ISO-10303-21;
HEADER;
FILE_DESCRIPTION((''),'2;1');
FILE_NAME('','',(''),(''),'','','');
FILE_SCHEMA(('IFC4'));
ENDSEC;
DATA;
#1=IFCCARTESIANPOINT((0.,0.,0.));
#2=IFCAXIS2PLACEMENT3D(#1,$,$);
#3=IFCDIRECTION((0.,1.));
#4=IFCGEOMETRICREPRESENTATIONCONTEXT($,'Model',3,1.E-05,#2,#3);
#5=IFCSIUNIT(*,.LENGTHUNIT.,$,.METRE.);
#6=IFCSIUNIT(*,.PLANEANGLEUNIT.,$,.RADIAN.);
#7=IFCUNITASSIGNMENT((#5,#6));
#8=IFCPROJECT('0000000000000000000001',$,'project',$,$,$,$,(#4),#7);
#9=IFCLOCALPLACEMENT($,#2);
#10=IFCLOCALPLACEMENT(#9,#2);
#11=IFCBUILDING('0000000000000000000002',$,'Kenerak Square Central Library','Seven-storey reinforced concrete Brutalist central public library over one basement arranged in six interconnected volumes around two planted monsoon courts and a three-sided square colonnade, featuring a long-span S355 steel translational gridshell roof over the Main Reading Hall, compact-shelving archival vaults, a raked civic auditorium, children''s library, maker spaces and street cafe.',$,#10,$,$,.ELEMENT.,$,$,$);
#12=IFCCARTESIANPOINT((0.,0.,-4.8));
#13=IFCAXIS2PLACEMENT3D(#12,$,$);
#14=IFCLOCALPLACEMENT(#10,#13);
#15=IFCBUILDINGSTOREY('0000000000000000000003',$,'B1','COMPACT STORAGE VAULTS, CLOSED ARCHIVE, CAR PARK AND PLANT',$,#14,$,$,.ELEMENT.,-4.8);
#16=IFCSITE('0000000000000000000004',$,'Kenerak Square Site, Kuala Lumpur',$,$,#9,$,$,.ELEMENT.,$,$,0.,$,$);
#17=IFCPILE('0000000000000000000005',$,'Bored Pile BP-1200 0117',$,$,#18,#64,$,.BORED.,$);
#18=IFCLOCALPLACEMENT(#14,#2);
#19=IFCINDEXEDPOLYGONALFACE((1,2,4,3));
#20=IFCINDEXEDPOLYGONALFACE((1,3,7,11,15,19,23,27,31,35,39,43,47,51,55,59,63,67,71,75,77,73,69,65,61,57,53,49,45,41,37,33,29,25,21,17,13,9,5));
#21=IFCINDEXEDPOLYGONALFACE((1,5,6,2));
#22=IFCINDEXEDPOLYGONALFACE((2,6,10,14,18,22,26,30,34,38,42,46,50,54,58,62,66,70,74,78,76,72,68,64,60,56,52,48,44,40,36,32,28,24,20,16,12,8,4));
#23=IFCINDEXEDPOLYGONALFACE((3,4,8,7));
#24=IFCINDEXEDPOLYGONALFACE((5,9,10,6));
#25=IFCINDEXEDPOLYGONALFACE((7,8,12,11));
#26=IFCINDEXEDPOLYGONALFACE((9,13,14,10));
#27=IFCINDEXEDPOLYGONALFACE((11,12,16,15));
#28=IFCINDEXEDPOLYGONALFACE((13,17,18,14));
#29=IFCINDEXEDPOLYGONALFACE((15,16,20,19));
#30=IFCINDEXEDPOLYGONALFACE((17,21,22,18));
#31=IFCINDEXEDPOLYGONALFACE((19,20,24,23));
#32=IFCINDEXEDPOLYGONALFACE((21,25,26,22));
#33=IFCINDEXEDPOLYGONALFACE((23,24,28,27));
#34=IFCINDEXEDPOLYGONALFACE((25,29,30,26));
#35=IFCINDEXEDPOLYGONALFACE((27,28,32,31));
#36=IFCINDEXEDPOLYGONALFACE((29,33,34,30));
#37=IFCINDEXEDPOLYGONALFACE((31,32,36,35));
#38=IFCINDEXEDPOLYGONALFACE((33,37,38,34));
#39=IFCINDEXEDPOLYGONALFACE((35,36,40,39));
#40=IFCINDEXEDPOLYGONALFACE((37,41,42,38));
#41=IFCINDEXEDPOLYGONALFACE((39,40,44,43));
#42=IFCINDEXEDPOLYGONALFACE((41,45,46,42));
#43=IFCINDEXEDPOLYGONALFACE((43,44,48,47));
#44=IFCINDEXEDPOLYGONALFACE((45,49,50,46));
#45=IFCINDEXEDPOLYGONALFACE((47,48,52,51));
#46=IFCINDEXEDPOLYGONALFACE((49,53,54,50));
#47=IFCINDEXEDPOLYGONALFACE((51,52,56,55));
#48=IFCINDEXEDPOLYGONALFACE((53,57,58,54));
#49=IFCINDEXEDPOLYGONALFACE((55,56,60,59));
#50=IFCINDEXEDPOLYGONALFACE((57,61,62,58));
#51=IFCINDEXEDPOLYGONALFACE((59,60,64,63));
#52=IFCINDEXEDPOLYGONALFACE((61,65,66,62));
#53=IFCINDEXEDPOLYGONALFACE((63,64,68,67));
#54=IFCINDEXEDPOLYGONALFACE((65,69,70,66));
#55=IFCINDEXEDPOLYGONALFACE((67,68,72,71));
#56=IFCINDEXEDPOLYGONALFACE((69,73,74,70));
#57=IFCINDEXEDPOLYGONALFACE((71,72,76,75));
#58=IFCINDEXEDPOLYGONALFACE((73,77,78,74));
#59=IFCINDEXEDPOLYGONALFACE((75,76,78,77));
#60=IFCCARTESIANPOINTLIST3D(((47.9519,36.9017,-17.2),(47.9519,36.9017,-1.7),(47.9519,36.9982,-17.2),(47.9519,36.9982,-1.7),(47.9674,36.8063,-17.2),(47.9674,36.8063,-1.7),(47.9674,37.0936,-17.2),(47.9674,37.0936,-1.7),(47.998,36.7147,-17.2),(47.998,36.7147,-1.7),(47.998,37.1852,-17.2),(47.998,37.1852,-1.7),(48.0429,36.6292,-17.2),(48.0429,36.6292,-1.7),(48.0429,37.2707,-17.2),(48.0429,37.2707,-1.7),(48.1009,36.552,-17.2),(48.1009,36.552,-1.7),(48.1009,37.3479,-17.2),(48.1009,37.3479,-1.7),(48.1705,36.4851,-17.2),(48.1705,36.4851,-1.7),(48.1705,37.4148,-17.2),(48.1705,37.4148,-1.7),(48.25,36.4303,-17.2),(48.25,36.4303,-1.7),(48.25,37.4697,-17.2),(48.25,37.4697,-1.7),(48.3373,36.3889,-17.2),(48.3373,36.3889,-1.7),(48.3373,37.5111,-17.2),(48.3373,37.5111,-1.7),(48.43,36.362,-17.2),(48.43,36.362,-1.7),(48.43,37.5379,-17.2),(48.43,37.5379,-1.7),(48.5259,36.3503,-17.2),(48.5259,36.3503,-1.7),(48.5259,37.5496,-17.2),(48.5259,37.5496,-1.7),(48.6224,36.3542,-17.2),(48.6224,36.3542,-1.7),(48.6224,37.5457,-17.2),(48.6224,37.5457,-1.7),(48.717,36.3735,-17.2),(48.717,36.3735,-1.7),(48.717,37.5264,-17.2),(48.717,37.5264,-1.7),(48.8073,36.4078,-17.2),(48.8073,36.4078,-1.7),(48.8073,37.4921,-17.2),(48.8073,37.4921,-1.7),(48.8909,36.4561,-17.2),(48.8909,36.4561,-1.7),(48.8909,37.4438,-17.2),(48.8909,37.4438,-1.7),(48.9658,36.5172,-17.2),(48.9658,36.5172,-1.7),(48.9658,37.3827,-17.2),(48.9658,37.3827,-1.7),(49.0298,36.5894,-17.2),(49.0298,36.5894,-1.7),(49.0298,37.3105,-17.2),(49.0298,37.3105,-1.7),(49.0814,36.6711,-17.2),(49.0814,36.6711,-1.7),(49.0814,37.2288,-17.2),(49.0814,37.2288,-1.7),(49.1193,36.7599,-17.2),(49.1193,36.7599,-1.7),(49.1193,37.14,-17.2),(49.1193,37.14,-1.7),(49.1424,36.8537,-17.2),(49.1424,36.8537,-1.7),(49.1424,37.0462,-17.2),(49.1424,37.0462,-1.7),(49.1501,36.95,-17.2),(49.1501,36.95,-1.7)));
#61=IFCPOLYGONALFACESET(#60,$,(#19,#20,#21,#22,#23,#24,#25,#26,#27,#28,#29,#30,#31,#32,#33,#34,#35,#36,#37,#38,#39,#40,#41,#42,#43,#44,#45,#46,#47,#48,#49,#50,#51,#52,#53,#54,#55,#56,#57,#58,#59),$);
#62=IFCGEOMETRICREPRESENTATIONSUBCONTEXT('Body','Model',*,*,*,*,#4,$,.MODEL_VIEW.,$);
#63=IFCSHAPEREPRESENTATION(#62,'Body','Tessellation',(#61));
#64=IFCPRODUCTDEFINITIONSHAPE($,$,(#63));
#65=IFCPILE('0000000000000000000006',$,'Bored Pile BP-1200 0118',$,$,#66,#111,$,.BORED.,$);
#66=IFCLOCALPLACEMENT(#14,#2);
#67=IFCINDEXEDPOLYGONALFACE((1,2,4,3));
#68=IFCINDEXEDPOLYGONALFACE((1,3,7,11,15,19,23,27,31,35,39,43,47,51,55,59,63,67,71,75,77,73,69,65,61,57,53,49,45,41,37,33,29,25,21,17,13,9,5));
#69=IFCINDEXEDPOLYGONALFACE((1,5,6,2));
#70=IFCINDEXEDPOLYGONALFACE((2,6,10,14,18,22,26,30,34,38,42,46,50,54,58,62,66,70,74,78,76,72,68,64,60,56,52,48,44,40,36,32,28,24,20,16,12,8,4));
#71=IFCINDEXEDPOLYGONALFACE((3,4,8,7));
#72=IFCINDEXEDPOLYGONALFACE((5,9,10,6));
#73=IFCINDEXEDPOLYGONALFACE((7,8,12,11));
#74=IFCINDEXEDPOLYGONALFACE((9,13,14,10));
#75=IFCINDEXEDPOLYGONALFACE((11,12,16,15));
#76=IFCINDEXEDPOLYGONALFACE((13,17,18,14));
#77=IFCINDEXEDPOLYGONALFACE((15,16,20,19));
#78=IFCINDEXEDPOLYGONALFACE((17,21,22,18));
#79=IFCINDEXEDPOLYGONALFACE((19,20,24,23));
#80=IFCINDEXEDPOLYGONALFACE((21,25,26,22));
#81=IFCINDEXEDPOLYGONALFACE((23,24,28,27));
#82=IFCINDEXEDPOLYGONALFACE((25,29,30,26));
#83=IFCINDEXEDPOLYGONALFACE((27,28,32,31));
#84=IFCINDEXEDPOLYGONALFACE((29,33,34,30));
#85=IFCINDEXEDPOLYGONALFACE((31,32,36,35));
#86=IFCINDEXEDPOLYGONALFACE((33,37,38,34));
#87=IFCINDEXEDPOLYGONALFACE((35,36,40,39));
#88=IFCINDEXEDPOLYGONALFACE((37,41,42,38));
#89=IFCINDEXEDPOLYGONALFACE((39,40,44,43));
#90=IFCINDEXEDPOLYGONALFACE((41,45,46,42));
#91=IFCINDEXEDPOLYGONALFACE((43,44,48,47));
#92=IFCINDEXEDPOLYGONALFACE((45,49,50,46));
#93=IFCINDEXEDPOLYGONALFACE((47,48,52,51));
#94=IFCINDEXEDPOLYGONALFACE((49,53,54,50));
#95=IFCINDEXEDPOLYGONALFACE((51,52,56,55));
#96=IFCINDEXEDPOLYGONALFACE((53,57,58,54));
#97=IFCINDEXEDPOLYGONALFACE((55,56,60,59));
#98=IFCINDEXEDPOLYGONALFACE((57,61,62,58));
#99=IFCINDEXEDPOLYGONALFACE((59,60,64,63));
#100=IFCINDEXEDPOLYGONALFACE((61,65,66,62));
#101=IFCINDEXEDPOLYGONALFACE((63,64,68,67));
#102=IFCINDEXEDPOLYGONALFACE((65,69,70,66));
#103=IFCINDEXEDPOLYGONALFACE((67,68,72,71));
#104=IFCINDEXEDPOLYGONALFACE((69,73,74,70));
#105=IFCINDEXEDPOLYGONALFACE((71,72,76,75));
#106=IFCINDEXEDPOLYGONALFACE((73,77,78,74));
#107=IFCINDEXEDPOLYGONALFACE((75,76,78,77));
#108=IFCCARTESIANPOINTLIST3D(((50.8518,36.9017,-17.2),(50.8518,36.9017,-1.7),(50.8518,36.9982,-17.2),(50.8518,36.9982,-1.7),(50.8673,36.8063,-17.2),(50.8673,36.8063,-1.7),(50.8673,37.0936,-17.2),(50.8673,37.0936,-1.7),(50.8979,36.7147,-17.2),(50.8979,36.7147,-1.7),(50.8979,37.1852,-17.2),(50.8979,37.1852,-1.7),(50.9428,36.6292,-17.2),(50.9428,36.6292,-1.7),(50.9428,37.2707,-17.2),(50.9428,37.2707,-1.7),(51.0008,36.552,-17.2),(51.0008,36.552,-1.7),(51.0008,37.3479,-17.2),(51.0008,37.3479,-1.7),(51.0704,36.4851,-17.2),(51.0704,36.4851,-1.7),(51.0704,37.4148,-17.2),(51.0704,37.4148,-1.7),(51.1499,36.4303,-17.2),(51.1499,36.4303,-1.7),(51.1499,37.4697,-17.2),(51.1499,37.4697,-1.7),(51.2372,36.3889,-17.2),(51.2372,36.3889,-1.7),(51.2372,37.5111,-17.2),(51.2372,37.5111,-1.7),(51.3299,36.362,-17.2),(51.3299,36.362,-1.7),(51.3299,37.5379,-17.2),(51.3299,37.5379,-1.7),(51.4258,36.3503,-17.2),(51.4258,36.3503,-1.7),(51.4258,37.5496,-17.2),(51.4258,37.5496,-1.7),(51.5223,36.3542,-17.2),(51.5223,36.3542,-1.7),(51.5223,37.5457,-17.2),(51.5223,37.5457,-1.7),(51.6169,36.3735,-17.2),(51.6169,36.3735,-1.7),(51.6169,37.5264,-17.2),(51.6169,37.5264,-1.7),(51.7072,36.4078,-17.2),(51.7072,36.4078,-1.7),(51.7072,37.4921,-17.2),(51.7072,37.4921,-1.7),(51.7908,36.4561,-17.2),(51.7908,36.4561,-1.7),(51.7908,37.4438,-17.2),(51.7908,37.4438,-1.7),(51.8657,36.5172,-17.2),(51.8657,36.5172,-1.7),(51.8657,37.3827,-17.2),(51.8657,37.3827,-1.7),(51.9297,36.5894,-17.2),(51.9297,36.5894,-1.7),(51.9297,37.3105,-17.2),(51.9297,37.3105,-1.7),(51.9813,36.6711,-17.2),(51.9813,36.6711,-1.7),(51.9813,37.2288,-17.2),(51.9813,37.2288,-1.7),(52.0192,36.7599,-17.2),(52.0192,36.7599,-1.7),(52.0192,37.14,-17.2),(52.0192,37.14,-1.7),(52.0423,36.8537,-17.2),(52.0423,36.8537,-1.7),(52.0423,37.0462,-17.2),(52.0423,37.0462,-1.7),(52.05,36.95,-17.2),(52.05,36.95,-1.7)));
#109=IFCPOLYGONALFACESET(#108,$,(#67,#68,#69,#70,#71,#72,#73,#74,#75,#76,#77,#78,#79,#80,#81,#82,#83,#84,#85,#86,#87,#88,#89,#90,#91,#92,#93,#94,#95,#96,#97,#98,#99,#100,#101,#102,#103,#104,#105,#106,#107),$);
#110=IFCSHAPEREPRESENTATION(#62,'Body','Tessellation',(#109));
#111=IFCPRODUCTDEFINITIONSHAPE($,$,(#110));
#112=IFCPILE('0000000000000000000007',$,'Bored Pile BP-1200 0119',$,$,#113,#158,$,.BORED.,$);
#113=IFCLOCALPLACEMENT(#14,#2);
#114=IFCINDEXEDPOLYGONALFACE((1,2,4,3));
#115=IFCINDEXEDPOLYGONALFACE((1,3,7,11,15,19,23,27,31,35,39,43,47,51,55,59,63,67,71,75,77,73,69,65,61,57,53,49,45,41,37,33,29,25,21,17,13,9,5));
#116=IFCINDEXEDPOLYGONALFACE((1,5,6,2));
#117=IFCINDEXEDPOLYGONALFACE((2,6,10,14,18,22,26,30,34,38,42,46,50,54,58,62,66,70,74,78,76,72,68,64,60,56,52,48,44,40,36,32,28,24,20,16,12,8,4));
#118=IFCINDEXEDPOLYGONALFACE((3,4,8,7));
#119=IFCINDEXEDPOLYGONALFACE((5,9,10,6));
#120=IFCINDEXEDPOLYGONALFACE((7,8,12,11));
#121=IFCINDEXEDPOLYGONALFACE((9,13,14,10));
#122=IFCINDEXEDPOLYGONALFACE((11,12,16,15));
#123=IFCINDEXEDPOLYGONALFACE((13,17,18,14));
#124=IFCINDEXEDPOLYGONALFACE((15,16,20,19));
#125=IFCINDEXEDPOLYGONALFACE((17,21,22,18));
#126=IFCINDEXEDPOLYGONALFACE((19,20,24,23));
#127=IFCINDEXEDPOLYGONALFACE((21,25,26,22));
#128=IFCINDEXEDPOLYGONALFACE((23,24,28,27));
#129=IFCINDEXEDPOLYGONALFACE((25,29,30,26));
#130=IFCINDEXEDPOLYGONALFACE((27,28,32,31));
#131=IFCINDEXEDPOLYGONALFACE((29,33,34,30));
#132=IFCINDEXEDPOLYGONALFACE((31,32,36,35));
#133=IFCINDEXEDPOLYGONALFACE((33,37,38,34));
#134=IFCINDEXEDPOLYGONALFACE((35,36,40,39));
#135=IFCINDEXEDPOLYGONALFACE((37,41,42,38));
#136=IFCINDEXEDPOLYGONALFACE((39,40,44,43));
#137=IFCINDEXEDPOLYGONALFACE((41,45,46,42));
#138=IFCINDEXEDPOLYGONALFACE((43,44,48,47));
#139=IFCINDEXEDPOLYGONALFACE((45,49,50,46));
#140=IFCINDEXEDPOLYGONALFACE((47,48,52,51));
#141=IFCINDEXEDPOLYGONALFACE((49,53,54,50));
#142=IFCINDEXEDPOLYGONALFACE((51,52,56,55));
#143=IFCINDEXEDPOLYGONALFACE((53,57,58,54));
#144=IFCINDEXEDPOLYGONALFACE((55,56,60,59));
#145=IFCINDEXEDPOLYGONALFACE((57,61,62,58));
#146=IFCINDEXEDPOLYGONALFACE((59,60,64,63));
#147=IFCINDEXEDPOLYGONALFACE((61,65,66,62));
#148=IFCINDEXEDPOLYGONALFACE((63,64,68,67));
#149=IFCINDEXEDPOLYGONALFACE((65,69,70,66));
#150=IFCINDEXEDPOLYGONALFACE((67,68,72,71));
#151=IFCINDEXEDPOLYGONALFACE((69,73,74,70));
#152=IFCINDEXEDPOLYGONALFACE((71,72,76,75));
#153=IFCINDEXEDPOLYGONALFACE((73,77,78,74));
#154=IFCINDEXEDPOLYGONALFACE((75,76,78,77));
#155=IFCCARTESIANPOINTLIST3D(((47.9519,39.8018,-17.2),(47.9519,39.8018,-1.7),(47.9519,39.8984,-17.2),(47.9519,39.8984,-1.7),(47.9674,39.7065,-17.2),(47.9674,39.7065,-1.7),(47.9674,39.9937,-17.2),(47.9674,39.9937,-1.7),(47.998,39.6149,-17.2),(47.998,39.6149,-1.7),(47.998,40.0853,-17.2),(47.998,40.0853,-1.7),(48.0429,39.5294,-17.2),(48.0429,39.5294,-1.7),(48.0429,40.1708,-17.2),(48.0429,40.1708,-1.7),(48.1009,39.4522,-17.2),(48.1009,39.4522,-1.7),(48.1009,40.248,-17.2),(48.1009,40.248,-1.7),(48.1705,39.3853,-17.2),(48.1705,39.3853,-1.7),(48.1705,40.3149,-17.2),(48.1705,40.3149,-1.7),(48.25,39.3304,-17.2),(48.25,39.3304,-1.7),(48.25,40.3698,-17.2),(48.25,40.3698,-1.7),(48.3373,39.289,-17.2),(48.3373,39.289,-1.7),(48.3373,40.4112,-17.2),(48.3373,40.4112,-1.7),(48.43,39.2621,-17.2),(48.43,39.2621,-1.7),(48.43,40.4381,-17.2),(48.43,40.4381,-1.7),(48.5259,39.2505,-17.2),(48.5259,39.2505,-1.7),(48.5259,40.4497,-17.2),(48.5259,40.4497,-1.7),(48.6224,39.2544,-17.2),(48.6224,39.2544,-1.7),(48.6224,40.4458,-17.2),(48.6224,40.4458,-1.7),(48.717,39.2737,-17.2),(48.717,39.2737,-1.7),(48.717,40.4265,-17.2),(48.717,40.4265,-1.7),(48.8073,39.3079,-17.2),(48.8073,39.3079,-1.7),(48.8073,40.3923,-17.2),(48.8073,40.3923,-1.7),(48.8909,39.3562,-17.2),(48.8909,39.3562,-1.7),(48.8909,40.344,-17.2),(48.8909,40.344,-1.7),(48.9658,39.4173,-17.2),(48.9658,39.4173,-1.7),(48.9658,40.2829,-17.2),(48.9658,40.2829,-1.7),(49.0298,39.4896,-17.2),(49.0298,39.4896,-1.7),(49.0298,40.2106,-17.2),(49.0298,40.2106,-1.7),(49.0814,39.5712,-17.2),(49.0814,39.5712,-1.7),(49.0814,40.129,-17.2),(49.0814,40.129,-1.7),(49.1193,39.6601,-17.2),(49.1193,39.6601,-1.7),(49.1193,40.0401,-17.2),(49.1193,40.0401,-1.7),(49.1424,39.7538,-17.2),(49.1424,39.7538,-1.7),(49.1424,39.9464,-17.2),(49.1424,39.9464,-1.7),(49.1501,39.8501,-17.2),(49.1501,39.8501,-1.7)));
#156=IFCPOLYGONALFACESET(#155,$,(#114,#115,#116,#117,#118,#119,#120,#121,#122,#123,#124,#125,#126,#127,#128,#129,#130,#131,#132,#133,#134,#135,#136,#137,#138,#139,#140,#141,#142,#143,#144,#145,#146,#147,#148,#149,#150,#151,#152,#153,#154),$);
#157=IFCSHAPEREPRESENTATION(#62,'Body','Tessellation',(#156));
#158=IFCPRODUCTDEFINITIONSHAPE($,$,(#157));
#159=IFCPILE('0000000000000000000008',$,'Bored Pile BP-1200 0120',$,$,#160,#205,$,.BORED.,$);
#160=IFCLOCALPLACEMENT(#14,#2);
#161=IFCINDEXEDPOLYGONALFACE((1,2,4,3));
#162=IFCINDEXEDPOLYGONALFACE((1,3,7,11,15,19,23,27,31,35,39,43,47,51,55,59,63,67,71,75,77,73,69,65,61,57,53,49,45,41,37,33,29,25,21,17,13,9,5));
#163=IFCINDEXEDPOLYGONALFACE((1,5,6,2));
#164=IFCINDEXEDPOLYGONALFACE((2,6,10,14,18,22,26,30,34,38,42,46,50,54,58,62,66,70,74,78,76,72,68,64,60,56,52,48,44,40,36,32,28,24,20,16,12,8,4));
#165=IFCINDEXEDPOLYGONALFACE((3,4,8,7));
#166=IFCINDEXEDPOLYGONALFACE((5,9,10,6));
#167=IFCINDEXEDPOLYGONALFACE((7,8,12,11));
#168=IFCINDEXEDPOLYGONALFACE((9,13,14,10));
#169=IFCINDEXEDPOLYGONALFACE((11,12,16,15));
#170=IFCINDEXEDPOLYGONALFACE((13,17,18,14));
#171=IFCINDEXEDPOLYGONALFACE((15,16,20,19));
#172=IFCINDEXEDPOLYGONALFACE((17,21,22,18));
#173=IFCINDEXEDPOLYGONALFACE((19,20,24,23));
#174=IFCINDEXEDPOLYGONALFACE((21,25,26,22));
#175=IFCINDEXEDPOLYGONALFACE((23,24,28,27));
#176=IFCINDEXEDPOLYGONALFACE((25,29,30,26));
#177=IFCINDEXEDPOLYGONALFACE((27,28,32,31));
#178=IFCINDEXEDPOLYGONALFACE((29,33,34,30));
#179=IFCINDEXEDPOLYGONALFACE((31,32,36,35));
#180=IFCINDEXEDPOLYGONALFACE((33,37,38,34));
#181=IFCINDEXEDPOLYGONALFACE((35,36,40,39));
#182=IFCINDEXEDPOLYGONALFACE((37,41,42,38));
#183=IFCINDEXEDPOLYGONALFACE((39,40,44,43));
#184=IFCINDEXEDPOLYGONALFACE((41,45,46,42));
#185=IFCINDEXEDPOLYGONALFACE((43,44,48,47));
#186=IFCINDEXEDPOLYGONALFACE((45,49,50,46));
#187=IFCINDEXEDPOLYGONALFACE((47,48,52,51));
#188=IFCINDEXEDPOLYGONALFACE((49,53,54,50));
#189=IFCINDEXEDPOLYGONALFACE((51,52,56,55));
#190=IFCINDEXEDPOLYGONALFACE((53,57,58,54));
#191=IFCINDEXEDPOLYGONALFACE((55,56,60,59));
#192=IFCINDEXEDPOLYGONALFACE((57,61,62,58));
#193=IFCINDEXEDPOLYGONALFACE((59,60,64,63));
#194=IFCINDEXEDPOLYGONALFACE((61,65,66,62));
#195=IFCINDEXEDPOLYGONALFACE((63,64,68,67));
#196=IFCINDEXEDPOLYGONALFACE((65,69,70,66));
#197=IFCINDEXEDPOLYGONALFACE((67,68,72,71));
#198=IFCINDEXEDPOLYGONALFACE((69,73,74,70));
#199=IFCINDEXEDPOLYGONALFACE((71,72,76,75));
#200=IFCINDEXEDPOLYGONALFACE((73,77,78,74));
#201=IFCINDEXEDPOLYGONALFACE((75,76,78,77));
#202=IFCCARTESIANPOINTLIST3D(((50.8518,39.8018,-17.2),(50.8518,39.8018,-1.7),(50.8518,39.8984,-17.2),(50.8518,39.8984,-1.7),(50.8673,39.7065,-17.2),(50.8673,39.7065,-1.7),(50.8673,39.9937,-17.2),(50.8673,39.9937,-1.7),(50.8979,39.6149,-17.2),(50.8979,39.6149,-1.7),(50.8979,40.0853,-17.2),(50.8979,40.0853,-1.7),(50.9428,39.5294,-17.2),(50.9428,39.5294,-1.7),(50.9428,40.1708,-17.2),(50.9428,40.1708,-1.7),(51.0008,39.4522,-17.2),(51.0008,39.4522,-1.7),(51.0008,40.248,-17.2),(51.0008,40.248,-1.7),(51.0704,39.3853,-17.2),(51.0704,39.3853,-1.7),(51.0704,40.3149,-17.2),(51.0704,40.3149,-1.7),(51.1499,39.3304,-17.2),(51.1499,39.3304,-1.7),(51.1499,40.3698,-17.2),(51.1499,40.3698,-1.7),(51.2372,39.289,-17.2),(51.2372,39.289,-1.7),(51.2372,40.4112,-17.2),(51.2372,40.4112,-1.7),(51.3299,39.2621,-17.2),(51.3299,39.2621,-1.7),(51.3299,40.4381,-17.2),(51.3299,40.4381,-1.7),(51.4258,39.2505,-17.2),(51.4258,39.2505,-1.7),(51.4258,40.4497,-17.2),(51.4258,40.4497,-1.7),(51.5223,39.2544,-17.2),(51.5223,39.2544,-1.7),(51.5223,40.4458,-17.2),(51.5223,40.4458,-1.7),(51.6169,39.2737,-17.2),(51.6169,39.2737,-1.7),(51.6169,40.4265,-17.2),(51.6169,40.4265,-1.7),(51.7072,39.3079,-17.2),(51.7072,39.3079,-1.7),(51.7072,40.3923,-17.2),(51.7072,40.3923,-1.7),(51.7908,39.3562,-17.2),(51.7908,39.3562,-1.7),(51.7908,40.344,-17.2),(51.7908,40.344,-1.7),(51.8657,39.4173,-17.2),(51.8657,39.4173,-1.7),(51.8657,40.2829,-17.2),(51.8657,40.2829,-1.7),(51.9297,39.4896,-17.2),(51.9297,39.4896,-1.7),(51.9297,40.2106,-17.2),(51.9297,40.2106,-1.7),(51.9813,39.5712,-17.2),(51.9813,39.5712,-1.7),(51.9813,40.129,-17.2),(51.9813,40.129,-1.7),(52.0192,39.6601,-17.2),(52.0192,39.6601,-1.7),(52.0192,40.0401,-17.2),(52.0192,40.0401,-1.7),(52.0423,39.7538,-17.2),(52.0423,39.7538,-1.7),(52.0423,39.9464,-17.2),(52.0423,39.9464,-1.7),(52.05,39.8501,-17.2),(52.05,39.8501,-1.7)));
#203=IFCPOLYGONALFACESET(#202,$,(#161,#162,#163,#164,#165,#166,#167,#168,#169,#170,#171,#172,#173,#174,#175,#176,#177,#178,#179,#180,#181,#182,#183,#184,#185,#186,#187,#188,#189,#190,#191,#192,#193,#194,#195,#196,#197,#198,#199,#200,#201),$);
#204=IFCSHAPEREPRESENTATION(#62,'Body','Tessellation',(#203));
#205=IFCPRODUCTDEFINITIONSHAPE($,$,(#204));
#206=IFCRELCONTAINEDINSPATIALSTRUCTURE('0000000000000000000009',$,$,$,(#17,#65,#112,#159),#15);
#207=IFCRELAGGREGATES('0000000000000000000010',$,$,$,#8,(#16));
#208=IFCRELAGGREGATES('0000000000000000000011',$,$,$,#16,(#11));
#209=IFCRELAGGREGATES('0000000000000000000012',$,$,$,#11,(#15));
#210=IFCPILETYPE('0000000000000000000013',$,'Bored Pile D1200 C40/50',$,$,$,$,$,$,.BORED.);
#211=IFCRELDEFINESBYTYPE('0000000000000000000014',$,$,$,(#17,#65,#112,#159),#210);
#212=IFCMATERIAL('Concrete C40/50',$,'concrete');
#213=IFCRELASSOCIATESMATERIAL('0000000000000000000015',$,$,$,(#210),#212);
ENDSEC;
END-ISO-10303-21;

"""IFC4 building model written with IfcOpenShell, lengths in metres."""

from ifc_helpers import new_model, si_unit, direction, frame, origin, origin_2d, place, context, subcontext, project, spatial, circle, extrude, material, material_profile, profile_set, type_object, element, save


model = new_model("IFC4")

# Units and contexts
model_context = context("Model", 3, precision=1e-05, world=origin(), true_north=direction((0.0, 1.0)))
body_context = subcontext(model_context, "Body", "Model", "MODEL_VIEW")
ifc_project = project(units=[si_unit("LENGTHUNIT", "METRE"), si_unit("PLANEANGLEUNIT", "RADIAN")], contexts=[model_context])

# Site, building, storey
site_placement = place(None, origin())
site = spatial("IfcSite", under=ifc_project, at=site_placement, Name="Kenerak Square Site, Kuala Lumpur", CompositionType="ELEMENT", RefElevation=0.0)
building_placement = place(site_placement, origin())
building = spatial("IfcBuilding", under=site, at=building_placement, Name="Kenerak Square Central Library", Description="Seven-storey reinforced concrete Brutalist central public library over one basement arranged in six interconnected volumes around two planted monsoon courts and a three-sided square colonnade, featuring a long-span S355 steel translational gridshell roof over the Main Reading Hall, compact-shelving archival vaults, a raked civic auditorium, children's library, maker spaces and street cafe.", CompositionType="ELEMENT")
storey_placement = place(building_placement, frame((0.0, 0.0, -4.8)))
storey = spatial("IfcBuildingStorey", under=building, at=storey_placement, Name="B1", Description="COMPACT STORAGE VAULTS, CLOSED ARCHIVE, CAR PARK AND PLANT", CompositionType="ELEMENT", Elevation=-4.8)

# Piles
ifc_material_1 = material(Name="Concrete C40/50", Category="concrete")
ifc_material_profile_1 = material_profile(ifc_material_1, circle(Radius=0.6001, at=origin_2d()), Name="BP D1200")
ifc_profile_set_1 = profile_set([ifc_material_profile_1], Name="Concrete C40/50")
pile_type_1 = type_object("IfcPileType", Name="Bored Pile D1200 C40/50", PredefinedType="BORED", material=ifc_profile_set_1)
for number, where, z_axis, x_axis, name in (
    (1, (48.55, 36.95, -1.7), (0.0, 0.0, -1.0), (1.0, 0.0, 0.0), "Bored Pile BP-1200 0117"),
    (2, (51.45, 36.95, -1.7), (0.0, 0.0, -1.0), (1.0, 0.0, 0.0), "Bored Pile BP-1200 0118"),
    (3, (48.55, 39.8501, -1.7), (0.0, 0.0, -1.0), (1.0, 0.0, 0.0), "Bored Pile BP-1200 0119"),
    (4, (51.45, 39.8501, -1.7), (0.0, 0.0, -1.0), (1.0, 0.0, 0.0), "Bored Pile BP-1200 0120"),
):
    element("IfcPile", number, at=place(storey_placement, frame(where, z_axis=z_axis, x_axis=x_axis)), inside=storey, type_object=pile_type_1, Name=name, PredefinedType="BORED", context=body_context, shape_type="SweptSolid", body=[
        extrude(circle(Radius=0.6001, at=origin_2d()), origin(), (0.0, 0.0, 1.0), 15.5),
    ])

save(model, "model.ifc")
